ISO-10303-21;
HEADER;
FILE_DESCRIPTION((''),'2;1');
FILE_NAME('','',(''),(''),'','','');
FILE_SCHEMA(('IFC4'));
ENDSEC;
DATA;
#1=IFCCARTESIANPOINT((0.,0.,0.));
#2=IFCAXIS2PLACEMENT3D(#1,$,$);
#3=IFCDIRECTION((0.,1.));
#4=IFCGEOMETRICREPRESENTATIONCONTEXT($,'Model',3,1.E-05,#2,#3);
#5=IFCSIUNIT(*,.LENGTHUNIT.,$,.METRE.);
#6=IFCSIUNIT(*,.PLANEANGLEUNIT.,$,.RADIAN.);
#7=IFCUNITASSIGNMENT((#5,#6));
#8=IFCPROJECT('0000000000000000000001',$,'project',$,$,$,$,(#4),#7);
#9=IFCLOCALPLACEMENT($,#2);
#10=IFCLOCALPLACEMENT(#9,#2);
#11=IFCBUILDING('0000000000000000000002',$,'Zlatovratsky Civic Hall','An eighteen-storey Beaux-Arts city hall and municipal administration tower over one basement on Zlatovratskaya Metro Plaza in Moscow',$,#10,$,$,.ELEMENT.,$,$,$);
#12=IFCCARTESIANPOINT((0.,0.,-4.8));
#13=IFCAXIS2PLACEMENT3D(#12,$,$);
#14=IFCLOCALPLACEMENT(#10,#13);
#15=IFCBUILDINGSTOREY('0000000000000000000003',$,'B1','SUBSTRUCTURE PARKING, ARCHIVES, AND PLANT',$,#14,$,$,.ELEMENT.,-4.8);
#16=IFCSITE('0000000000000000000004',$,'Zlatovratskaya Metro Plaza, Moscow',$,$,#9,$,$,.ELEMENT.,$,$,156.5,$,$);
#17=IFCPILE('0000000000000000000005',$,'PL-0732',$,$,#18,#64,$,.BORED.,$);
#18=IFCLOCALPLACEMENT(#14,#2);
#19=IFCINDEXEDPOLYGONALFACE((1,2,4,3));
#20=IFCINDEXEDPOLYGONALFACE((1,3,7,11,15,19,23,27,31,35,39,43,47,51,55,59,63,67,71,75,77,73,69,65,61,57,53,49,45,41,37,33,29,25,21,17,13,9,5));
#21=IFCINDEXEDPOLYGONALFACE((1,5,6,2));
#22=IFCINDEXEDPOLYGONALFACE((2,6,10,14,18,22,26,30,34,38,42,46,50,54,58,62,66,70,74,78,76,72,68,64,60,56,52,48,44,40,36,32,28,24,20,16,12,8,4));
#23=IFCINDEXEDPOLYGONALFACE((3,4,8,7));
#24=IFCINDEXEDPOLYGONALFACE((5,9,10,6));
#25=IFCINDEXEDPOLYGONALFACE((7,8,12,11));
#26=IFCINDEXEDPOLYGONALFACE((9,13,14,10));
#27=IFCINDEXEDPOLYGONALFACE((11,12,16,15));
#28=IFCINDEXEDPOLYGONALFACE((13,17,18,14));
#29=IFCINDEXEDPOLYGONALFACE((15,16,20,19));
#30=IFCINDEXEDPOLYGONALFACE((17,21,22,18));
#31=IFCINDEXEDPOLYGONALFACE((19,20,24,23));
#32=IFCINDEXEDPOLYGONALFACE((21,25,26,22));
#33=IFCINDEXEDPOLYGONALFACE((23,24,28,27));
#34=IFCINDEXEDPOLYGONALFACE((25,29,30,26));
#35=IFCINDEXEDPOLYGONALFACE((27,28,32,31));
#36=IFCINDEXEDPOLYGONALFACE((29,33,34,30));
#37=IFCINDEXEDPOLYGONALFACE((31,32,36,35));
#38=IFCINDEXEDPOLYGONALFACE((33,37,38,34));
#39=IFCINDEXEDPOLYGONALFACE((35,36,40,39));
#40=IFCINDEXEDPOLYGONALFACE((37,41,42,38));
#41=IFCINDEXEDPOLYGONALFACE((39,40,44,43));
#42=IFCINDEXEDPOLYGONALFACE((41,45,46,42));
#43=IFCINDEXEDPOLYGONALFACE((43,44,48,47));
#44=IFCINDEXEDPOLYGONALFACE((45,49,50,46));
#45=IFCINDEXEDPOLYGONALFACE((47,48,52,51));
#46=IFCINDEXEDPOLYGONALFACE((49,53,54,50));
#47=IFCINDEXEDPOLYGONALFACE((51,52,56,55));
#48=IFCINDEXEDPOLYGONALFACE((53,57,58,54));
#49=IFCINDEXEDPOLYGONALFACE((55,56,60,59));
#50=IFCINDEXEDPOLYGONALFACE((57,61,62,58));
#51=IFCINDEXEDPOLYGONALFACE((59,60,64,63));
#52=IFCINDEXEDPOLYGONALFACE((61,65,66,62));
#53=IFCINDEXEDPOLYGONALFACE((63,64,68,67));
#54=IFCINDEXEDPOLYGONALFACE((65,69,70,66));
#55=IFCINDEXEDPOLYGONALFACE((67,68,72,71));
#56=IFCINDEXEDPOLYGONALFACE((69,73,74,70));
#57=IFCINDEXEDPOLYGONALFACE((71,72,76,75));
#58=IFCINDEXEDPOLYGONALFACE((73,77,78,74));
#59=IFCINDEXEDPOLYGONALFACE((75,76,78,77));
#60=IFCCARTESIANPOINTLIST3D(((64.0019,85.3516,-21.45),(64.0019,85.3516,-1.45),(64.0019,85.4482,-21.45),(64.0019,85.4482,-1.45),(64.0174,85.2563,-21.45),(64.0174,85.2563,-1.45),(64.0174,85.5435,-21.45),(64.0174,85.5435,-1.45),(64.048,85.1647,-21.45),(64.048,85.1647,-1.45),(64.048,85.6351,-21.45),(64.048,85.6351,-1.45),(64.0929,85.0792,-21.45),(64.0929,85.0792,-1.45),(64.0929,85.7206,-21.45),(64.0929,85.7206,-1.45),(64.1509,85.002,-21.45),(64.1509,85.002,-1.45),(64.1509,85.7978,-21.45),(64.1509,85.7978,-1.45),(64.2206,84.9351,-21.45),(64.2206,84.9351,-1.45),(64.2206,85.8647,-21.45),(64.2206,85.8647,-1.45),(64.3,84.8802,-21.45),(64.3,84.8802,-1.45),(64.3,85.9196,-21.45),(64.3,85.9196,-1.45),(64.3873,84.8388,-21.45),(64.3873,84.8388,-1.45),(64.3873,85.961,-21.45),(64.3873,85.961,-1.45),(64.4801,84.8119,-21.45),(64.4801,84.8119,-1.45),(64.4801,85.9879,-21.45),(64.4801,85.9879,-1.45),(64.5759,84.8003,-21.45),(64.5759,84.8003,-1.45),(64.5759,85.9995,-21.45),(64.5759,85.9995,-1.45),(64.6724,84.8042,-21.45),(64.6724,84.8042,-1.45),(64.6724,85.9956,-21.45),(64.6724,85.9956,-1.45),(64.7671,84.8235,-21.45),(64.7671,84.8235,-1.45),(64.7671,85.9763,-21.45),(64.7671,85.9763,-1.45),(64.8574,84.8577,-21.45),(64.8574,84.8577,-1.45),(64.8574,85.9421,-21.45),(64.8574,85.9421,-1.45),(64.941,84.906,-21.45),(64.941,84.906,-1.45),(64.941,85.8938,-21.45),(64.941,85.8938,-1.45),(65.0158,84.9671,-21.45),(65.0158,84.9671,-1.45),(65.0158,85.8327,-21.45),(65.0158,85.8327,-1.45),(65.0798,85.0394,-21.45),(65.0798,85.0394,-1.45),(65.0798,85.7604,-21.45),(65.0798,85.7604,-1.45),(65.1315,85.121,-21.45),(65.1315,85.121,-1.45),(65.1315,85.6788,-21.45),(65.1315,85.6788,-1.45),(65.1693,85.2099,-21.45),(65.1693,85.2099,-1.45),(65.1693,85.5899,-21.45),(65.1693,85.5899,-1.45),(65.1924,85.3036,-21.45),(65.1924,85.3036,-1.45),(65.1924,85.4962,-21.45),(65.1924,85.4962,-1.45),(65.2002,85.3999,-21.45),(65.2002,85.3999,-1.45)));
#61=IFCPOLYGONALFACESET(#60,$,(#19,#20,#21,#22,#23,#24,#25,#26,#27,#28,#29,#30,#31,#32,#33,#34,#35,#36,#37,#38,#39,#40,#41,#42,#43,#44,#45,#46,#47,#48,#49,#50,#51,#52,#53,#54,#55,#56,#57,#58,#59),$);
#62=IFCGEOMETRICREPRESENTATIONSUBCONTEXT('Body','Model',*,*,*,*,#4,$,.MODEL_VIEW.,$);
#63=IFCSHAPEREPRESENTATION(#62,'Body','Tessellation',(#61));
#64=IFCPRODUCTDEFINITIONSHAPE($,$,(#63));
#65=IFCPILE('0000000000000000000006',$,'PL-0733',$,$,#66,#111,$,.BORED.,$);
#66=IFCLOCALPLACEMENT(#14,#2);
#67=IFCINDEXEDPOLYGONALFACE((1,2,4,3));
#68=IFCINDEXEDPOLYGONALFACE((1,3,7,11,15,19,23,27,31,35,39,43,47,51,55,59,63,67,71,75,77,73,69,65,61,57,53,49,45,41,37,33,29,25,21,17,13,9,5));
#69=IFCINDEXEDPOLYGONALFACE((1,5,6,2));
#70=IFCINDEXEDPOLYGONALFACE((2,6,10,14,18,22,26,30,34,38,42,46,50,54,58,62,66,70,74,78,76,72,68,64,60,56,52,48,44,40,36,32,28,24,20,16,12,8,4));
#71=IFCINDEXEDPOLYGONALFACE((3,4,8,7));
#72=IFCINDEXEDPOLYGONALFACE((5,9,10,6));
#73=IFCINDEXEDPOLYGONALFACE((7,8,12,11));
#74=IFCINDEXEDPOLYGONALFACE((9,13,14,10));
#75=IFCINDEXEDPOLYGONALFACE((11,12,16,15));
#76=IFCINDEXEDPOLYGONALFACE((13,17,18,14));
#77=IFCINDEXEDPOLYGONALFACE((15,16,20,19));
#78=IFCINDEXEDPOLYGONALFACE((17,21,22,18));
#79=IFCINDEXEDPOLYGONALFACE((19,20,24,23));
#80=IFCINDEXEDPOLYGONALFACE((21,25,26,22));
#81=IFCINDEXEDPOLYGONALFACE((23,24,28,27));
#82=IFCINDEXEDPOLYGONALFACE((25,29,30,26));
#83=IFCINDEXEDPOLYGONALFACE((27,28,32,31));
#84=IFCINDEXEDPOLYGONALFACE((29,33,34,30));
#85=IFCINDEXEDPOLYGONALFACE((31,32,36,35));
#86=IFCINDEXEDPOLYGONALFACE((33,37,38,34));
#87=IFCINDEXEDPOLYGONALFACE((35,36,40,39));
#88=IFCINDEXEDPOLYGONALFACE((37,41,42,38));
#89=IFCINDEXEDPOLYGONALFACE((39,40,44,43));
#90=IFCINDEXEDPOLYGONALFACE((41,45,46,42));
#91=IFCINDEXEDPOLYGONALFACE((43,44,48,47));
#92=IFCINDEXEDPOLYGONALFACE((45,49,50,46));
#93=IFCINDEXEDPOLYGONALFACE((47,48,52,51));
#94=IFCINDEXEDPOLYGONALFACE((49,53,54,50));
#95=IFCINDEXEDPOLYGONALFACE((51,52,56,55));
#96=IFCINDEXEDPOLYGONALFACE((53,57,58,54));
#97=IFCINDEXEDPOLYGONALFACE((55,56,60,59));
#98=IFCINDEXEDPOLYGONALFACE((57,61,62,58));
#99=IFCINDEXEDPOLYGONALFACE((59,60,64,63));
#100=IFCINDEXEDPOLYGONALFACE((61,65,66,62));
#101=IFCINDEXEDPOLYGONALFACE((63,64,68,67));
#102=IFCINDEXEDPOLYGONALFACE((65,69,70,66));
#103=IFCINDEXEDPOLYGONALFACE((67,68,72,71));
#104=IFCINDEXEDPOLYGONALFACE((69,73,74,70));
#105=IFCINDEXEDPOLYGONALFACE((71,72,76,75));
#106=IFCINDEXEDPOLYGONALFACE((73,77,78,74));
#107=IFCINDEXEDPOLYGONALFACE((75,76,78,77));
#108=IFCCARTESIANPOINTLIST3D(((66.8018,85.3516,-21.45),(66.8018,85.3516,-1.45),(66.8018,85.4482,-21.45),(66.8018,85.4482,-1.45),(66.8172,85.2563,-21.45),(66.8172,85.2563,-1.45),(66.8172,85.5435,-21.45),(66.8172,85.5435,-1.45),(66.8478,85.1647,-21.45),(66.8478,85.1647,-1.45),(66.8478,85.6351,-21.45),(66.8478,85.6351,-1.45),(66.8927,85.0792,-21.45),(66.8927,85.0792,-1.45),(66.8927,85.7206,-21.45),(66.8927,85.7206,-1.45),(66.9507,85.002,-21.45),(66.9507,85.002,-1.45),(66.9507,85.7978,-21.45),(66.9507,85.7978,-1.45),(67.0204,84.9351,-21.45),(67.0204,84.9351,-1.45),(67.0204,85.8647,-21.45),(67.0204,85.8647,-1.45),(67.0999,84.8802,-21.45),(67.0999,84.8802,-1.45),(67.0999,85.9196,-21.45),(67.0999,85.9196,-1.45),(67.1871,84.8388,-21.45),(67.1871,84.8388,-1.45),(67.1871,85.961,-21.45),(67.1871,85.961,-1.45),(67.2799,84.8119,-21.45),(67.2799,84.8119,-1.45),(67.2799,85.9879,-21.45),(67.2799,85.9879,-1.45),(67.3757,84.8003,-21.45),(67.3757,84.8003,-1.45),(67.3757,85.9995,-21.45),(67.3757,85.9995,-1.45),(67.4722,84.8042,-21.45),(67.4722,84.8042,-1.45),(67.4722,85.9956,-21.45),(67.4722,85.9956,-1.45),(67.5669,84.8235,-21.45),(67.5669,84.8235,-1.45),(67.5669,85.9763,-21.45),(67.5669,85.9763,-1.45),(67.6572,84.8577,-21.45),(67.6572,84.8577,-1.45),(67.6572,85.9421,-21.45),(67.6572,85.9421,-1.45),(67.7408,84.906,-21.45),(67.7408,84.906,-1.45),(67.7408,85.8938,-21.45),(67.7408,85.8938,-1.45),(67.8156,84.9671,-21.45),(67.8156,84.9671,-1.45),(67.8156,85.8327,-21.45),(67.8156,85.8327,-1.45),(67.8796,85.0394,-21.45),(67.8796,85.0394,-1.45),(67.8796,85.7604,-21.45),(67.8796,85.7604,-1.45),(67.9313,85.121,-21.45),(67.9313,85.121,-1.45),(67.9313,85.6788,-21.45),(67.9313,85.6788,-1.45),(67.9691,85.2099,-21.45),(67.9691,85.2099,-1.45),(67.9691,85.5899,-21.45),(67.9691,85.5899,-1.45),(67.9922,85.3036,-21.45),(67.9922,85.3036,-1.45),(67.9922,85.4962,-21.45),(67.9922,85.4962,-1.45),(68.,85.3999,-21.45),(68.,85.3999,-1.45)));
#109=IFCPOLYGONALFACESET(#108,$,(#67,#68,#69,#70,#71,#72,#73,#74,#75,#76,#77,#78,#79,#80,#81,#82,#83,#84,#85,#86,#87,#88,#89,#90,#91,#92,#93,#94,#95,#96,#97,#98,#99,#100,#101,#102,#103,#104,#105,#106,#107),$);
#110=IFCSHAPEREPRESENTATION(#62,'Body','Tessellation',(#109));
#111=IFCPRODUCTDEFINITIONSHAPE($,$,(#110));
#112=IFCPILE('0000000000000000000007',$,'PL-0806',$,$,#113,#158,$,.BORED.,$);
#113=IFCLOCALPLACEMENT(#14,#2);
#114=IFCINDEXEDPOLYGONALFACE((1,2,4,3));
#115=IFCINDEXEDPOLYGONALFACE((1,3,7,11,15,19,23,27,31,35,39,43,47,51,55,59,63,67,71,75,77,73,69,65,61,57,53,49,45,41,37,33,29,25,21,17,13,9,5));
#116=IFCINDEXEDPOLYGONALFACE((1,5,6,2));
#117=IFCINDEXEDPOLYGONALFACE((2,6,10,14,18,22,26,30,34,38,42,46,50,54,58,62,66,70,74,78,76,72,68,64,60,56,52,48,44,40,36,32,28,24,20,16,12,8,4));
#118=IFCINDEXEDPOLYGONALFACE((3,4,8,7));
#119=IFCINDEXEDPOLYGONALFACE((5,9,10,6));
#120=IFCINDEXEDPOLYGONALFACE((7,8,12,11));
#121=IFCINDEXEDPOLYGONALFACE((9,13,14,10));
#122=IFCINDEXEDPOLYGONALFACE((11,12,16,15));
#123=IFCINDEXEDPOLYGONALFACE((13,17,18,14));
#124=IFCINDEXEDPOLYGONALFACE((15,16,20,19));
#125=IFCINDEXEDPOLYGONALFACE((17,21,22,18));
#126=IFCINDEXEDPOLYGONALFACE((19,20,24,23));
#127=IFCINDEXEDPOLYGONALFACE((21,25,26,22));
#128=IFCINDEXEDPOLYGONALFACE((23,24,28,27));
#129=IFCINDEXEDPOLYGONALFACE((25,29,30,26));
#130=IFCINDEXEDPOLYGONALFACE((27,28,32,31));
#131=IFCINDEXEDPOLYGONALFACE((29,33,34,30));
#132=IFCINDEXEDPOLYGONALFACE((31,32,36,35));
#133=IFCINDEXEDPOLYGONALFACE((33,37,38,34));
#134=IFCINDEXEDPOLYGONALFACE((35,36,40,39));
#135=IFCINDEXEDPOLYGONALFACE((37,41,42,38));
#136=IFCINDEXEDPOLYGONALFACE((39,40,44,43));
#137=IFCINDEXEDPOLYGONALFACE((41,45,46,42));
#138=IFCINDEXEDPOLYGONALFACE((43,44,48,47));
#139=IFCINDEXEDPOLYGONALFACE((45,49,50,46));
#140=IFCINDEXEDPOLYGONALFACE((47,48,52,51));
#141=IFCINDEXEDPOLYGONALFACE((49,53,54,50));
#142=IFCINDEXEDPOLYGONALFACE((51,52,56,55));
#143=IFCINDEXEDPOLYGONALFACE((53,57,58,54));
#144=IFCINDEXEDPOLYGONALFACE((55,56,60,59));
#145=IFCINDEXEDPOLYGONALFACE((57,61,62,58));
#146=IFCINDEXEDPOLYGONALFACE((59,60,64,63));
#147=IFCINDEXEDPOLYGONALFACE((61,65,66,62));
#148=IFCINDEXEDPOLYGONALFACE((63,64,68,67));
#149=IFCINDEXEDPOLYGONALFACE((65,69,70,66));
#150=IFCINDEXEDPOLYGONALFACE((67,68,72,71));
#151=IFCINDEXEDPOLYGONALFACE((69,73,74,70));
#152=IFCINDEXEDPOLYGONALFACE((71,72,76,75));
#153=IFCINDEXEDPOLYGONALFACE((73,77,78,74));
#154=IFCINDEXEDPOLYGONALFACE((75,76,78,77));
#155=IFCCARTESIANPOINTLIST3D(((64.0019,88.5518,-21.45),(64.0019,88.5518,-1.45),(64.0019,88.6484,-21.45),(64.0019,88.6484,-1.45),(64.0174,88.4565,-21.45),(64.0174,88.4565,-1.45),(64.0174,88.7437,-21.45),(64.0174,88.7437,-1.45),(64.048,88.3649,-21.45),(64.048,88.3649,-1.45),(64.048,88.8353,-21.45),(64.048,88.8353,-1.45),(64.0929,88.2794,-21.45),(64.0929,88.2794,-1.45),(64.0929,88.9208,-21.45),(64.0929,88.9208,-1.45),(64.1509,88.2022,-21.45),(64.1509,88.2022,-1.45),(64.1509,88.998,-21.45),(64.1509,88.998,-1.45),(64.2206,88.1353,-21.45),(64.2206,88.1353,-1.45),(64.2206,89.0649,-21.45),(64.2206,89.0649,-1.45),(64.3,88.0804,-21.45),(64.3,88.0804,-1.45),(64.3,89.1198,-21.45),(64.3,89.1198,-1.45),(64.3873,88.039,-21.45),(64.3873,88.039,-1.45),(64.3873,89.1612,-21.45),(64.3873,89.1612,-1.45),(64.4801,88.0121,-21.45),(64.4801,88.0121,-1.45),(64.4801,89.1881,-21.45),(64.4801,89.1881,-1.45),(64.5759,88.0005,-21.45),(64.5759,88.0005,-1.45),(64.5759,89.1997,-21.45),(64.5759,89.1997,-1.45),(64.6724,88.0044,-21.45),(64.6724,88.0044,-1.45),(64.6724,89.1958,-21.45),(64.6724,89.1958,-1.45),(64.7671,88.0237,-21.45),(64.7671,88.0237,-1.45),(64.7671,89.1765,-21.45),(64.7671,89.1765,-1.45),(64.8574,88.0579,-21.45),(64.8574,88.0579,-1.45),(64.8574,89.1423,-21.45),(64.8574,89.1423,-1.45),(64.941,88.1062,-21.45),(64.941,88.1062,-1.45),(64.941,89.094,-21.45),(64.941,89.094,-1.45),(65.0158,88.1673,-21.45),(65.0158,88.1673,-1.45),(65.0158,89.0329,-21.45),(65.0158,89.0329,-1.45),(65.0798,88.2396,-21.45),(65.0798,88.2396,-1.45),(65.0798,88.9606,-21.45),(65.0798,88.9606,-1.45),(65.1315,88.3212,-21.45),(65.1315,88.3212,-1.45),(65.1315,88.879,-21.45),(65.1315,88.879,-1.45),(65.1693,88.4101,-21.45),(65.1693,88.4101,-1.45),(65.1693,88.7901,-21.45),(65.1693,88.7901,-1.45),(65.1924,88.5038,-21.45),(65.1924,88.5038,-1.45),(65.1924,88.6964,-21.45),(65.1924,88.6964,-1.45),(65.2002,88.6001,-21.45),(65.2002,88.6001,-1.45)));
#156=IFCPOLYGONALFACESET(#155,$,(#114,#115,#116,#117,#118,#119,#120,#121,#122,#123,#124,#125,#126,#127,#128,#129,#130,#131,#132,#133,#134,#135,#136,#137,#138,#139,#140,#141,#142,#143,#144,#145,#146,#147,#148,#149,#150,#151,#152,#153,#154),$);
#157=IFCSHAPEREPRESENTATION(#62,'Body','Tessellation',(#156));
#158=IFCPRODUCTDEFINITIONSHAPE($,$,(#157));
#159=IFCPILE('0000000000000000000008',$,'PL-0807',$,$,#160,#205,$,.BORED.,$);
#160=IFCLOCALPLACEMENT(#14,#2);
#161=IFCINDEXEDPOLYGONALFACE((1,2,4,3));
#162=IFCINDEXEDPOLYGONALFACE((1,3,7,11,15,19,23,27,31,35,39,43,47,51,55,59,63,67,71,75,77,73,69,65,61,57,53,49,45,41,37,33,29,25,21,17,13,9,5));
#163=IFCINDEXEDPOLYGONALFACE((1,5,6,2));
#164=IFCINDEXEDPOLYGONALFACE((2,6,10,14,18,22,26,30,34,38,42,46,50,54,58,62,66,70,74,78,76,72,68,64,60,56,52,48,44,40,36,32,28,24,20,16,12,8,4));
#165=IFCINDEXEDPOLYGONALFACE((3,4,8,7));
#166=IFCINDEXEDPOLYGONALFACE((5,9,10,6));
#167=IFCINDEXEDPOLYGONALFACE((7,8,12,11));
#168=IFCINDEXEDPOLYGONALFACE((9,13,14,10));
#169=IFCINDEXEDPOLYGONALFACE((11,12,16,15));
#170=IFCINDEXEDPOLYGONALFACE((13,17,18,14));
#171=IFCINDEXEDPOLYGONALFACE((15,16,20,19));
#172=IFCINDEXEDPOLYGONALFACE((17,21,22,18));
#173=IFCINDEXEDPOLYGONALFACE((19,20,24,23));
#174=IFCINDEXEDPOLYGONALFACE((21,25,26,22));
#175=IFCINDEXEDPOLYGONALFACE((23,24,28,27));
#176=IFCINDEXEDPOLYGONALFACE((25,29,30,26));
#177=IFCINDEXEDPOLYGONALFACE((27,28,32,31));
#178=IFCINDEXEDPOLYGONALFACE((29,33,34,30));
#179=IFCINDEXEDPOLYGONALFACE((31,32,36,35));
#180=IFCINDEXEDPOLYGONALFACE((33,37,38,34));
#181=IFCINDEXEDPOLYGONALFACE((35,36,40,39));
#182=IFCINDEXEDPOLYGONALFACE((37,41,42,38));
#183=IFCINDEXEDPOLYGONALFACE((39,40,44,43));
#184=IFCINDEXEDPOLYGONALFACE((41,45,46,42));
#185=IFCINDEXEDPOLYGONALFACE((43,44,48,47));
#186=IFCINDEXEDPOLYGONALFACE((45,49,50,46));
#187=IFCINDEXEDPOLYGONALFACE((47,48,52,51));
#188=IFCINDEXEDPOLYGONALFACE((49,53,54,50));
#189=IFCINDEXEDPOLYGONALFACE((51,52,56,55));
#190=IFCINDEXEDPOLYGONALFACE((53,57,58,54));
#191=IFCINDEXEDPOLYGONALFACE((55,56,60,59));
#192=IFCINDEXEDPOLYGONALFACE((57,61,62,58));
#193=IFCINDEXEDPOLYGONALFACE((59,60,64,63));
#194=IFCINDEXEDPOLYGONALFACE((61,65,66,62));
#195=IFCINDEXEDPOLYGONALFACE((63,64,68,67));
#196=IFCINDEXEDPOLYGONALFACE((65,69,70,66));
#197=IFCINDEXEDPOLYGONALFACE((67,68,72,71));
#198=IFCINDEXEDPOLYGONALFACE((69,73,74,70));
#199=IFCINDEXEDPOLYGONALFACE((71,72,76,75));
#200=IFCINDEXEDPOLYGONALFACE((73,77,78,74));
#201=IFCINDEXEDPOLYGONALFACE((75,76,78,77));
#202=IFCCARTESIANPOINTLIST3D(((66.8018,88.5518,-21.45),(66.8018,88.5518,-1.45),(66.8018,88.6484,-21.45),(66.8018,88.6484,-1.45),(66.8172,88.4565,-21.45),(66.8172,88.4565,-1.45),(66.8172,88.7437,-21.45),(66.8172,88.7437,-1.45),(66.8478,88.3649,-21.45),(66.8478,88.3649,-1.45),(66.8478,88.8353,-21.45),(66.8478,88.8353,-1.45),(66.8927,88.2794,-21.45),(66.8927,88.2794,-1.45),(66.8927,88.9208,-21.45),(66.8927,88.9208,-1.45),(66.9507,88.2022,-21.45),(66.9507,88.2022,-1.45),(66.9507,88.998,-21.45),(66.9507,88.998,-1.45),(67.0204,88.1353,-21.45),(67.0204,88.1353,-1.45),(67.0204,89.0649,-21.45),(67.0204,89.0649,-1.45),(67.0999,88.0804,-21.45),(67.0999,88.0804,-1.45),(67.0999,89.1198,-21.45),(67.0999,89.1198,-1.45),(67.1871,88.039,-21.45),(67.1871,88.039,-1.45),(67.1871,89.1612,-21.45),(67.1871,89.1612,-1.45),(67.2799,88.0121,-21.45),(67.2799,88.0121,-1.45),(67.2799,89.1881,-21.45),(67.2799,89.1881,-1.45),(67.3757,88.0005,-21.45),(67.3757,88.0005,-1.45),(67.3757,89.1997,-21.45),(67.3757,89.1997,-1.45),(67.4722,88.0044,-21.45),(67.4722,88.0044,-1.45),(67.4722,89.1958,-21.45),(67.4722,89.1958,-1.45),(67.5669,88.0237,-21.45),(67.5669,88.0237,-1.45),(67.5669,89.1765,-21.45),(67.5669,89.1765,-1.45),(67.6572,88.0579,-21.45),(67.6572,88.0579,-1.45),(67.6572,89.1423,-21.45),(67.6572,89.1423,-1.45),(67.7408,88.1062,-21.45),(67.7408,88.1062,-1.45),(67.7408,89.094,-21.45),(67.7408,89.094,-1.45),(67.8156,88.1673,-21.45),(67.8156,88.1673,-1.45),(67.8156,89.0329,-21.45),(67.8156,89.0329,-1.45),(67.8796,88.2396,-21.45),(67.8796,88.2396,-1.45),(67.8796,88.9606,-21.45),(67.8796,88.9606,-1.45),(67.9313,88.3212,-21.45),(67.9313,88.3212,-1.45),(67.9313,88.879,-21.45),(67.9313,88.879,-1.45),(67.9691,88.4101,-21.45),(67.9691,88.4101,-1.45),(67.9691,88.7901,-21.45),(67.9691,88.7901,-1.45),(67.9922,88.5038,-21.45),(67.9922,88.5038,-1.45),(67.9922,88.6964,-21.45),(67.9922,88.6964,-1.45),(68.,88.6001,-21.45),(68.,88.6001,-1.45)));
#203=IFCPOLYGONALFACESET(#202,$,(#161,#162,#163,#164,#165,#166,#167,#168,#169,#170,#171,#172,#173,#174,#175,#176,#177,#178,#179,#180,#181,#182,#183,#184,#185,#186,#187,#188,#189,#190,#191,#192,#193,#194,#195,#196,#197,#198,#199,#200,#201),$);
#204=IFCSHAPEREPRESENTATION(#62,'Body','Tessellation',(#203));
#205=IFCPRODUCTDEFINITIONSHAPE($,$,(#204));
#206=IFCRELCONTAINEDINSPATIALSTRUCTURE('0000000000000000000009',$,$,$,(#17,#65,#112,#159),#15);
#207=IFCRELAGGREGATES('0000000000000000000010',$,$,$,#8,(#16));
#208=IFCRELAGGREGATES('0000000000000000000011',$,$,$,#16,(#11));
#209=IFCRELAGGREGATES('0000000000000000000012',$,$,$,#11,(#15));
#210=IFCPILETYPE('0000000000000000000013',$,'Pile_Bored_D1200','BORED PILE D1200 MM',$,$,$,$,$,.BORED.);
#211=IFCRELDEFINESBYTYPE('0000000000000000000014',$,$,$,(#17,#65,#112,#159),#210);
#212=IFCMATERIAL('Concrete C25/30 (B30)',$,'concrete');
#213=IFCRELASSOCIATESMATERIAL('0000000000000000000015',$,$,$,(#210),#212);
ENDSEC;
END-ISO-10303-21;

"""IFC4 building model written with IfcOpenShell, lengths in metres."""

from ifc_helpers import new_model, si_unit, direction, frame, origin, origin_2d, place, context, subcontext, project, spatial, circle, extrude, material, material_profile, profile_set, type_object, element, save


model = new_model("IFC4")

# Units and contexts
model_context = context("Model", 3, precision=1e-05, world=origin(), true_north=direction((0.0, 1.0)))
body_context = subcontext(model_context, "Body", "Model", "MODEL_VIEW")
ifc_project = project(units=[si_unit("LENGTHUNIT", "METRE"), si_unit("PLANEANGLEUNIT", "RADIAN")], contexts=[model_context])

# Site, building, storey
site_placement = place(None, origin())
site = spatial("IfcSite", under=ifc_project, at=site_placement, Name="Zlatovratskaya Metro Plaza, Moscow", CompositionType="ELEMENT", RefElevation=156.5)
building_placement = place(site_placement, origin())
building = spatial("IfcBuilding", under=site, at=building_placement, Name="Zlatovratsky Civic Hall", Description="An eighteen-storey Beaux-Arts city hall and municipal administration tower over one basement on Zlatovratskaya Metro Plaza in Moscow", CompositionType="ELEMENT")
storey_placement = place(building_placement, frame((0.0, 0.0, -4.8)))
storey = spatial("IfcBuildingStorey", under=building, at=storey_placement, Name="B1", Description="SUBSTRUCTURE PARKING, ARCHIVES, AND PLANT", CompositionType="ELEMENT", Elevation=-4.8)

# Shared definitions
ifc_material_1 = material(Name="Concrete C25/30 (B30)", Category="concrete")

# Piles
ifc_material_profile_1 = material_profile(ifc_material_1, circle(Radius=0.6001, at=origin_2d()), Name="PILE D1200")
ifc_profile_set_1 = profile_set([ifc_material_profile_1], Name="Concrete C25/30 (B30)")
pile_type_1 = type_object("IfcPileType", Name="Pile_Bored_D1200", Description="BORED PILE D1200 MM", PredefinedType="BORED", material=ifc_profile_set_1)
for number, where, z_axis, x_axis, name in (
    (1, (64.6001, 85.3999, -1.45), (0.0, 0.0, -1.0), (1.0, 0.0, 0.0), "PL-0732"),
    (2, (67.3999, 85.3999, -1.45), (0.0, 0.0, -1.0), (1.0, 0.0, 0.0), "PL-0733"),
    (3, (64.6001, 88.6001, -1.45), (0.0, 0.0, -1.0), (1.0, 0.0, 0.0), "PL-0806"),
    (4, (67.3999, 88.6001, -1.45), (0.0, 0.0, -1.0), (1.0, 0.0, 0.0), "PL-0807"),
):
    element("IfcPile", number, at=place(storey_placement, frame(where, z_axis=z_axis, x_axis=x_axis)), inside=storey, type_object=pile_type_1, Name=name, PredefinedType="BORED", context=body_context, shape_type="SweptSolid", body=[
        extrude(circle(Radius=0.6001, at=origin_2d()), origin(), (0.0, 0.0, 1.0), 20.0),
    ])

save(model, "model.ifc")
